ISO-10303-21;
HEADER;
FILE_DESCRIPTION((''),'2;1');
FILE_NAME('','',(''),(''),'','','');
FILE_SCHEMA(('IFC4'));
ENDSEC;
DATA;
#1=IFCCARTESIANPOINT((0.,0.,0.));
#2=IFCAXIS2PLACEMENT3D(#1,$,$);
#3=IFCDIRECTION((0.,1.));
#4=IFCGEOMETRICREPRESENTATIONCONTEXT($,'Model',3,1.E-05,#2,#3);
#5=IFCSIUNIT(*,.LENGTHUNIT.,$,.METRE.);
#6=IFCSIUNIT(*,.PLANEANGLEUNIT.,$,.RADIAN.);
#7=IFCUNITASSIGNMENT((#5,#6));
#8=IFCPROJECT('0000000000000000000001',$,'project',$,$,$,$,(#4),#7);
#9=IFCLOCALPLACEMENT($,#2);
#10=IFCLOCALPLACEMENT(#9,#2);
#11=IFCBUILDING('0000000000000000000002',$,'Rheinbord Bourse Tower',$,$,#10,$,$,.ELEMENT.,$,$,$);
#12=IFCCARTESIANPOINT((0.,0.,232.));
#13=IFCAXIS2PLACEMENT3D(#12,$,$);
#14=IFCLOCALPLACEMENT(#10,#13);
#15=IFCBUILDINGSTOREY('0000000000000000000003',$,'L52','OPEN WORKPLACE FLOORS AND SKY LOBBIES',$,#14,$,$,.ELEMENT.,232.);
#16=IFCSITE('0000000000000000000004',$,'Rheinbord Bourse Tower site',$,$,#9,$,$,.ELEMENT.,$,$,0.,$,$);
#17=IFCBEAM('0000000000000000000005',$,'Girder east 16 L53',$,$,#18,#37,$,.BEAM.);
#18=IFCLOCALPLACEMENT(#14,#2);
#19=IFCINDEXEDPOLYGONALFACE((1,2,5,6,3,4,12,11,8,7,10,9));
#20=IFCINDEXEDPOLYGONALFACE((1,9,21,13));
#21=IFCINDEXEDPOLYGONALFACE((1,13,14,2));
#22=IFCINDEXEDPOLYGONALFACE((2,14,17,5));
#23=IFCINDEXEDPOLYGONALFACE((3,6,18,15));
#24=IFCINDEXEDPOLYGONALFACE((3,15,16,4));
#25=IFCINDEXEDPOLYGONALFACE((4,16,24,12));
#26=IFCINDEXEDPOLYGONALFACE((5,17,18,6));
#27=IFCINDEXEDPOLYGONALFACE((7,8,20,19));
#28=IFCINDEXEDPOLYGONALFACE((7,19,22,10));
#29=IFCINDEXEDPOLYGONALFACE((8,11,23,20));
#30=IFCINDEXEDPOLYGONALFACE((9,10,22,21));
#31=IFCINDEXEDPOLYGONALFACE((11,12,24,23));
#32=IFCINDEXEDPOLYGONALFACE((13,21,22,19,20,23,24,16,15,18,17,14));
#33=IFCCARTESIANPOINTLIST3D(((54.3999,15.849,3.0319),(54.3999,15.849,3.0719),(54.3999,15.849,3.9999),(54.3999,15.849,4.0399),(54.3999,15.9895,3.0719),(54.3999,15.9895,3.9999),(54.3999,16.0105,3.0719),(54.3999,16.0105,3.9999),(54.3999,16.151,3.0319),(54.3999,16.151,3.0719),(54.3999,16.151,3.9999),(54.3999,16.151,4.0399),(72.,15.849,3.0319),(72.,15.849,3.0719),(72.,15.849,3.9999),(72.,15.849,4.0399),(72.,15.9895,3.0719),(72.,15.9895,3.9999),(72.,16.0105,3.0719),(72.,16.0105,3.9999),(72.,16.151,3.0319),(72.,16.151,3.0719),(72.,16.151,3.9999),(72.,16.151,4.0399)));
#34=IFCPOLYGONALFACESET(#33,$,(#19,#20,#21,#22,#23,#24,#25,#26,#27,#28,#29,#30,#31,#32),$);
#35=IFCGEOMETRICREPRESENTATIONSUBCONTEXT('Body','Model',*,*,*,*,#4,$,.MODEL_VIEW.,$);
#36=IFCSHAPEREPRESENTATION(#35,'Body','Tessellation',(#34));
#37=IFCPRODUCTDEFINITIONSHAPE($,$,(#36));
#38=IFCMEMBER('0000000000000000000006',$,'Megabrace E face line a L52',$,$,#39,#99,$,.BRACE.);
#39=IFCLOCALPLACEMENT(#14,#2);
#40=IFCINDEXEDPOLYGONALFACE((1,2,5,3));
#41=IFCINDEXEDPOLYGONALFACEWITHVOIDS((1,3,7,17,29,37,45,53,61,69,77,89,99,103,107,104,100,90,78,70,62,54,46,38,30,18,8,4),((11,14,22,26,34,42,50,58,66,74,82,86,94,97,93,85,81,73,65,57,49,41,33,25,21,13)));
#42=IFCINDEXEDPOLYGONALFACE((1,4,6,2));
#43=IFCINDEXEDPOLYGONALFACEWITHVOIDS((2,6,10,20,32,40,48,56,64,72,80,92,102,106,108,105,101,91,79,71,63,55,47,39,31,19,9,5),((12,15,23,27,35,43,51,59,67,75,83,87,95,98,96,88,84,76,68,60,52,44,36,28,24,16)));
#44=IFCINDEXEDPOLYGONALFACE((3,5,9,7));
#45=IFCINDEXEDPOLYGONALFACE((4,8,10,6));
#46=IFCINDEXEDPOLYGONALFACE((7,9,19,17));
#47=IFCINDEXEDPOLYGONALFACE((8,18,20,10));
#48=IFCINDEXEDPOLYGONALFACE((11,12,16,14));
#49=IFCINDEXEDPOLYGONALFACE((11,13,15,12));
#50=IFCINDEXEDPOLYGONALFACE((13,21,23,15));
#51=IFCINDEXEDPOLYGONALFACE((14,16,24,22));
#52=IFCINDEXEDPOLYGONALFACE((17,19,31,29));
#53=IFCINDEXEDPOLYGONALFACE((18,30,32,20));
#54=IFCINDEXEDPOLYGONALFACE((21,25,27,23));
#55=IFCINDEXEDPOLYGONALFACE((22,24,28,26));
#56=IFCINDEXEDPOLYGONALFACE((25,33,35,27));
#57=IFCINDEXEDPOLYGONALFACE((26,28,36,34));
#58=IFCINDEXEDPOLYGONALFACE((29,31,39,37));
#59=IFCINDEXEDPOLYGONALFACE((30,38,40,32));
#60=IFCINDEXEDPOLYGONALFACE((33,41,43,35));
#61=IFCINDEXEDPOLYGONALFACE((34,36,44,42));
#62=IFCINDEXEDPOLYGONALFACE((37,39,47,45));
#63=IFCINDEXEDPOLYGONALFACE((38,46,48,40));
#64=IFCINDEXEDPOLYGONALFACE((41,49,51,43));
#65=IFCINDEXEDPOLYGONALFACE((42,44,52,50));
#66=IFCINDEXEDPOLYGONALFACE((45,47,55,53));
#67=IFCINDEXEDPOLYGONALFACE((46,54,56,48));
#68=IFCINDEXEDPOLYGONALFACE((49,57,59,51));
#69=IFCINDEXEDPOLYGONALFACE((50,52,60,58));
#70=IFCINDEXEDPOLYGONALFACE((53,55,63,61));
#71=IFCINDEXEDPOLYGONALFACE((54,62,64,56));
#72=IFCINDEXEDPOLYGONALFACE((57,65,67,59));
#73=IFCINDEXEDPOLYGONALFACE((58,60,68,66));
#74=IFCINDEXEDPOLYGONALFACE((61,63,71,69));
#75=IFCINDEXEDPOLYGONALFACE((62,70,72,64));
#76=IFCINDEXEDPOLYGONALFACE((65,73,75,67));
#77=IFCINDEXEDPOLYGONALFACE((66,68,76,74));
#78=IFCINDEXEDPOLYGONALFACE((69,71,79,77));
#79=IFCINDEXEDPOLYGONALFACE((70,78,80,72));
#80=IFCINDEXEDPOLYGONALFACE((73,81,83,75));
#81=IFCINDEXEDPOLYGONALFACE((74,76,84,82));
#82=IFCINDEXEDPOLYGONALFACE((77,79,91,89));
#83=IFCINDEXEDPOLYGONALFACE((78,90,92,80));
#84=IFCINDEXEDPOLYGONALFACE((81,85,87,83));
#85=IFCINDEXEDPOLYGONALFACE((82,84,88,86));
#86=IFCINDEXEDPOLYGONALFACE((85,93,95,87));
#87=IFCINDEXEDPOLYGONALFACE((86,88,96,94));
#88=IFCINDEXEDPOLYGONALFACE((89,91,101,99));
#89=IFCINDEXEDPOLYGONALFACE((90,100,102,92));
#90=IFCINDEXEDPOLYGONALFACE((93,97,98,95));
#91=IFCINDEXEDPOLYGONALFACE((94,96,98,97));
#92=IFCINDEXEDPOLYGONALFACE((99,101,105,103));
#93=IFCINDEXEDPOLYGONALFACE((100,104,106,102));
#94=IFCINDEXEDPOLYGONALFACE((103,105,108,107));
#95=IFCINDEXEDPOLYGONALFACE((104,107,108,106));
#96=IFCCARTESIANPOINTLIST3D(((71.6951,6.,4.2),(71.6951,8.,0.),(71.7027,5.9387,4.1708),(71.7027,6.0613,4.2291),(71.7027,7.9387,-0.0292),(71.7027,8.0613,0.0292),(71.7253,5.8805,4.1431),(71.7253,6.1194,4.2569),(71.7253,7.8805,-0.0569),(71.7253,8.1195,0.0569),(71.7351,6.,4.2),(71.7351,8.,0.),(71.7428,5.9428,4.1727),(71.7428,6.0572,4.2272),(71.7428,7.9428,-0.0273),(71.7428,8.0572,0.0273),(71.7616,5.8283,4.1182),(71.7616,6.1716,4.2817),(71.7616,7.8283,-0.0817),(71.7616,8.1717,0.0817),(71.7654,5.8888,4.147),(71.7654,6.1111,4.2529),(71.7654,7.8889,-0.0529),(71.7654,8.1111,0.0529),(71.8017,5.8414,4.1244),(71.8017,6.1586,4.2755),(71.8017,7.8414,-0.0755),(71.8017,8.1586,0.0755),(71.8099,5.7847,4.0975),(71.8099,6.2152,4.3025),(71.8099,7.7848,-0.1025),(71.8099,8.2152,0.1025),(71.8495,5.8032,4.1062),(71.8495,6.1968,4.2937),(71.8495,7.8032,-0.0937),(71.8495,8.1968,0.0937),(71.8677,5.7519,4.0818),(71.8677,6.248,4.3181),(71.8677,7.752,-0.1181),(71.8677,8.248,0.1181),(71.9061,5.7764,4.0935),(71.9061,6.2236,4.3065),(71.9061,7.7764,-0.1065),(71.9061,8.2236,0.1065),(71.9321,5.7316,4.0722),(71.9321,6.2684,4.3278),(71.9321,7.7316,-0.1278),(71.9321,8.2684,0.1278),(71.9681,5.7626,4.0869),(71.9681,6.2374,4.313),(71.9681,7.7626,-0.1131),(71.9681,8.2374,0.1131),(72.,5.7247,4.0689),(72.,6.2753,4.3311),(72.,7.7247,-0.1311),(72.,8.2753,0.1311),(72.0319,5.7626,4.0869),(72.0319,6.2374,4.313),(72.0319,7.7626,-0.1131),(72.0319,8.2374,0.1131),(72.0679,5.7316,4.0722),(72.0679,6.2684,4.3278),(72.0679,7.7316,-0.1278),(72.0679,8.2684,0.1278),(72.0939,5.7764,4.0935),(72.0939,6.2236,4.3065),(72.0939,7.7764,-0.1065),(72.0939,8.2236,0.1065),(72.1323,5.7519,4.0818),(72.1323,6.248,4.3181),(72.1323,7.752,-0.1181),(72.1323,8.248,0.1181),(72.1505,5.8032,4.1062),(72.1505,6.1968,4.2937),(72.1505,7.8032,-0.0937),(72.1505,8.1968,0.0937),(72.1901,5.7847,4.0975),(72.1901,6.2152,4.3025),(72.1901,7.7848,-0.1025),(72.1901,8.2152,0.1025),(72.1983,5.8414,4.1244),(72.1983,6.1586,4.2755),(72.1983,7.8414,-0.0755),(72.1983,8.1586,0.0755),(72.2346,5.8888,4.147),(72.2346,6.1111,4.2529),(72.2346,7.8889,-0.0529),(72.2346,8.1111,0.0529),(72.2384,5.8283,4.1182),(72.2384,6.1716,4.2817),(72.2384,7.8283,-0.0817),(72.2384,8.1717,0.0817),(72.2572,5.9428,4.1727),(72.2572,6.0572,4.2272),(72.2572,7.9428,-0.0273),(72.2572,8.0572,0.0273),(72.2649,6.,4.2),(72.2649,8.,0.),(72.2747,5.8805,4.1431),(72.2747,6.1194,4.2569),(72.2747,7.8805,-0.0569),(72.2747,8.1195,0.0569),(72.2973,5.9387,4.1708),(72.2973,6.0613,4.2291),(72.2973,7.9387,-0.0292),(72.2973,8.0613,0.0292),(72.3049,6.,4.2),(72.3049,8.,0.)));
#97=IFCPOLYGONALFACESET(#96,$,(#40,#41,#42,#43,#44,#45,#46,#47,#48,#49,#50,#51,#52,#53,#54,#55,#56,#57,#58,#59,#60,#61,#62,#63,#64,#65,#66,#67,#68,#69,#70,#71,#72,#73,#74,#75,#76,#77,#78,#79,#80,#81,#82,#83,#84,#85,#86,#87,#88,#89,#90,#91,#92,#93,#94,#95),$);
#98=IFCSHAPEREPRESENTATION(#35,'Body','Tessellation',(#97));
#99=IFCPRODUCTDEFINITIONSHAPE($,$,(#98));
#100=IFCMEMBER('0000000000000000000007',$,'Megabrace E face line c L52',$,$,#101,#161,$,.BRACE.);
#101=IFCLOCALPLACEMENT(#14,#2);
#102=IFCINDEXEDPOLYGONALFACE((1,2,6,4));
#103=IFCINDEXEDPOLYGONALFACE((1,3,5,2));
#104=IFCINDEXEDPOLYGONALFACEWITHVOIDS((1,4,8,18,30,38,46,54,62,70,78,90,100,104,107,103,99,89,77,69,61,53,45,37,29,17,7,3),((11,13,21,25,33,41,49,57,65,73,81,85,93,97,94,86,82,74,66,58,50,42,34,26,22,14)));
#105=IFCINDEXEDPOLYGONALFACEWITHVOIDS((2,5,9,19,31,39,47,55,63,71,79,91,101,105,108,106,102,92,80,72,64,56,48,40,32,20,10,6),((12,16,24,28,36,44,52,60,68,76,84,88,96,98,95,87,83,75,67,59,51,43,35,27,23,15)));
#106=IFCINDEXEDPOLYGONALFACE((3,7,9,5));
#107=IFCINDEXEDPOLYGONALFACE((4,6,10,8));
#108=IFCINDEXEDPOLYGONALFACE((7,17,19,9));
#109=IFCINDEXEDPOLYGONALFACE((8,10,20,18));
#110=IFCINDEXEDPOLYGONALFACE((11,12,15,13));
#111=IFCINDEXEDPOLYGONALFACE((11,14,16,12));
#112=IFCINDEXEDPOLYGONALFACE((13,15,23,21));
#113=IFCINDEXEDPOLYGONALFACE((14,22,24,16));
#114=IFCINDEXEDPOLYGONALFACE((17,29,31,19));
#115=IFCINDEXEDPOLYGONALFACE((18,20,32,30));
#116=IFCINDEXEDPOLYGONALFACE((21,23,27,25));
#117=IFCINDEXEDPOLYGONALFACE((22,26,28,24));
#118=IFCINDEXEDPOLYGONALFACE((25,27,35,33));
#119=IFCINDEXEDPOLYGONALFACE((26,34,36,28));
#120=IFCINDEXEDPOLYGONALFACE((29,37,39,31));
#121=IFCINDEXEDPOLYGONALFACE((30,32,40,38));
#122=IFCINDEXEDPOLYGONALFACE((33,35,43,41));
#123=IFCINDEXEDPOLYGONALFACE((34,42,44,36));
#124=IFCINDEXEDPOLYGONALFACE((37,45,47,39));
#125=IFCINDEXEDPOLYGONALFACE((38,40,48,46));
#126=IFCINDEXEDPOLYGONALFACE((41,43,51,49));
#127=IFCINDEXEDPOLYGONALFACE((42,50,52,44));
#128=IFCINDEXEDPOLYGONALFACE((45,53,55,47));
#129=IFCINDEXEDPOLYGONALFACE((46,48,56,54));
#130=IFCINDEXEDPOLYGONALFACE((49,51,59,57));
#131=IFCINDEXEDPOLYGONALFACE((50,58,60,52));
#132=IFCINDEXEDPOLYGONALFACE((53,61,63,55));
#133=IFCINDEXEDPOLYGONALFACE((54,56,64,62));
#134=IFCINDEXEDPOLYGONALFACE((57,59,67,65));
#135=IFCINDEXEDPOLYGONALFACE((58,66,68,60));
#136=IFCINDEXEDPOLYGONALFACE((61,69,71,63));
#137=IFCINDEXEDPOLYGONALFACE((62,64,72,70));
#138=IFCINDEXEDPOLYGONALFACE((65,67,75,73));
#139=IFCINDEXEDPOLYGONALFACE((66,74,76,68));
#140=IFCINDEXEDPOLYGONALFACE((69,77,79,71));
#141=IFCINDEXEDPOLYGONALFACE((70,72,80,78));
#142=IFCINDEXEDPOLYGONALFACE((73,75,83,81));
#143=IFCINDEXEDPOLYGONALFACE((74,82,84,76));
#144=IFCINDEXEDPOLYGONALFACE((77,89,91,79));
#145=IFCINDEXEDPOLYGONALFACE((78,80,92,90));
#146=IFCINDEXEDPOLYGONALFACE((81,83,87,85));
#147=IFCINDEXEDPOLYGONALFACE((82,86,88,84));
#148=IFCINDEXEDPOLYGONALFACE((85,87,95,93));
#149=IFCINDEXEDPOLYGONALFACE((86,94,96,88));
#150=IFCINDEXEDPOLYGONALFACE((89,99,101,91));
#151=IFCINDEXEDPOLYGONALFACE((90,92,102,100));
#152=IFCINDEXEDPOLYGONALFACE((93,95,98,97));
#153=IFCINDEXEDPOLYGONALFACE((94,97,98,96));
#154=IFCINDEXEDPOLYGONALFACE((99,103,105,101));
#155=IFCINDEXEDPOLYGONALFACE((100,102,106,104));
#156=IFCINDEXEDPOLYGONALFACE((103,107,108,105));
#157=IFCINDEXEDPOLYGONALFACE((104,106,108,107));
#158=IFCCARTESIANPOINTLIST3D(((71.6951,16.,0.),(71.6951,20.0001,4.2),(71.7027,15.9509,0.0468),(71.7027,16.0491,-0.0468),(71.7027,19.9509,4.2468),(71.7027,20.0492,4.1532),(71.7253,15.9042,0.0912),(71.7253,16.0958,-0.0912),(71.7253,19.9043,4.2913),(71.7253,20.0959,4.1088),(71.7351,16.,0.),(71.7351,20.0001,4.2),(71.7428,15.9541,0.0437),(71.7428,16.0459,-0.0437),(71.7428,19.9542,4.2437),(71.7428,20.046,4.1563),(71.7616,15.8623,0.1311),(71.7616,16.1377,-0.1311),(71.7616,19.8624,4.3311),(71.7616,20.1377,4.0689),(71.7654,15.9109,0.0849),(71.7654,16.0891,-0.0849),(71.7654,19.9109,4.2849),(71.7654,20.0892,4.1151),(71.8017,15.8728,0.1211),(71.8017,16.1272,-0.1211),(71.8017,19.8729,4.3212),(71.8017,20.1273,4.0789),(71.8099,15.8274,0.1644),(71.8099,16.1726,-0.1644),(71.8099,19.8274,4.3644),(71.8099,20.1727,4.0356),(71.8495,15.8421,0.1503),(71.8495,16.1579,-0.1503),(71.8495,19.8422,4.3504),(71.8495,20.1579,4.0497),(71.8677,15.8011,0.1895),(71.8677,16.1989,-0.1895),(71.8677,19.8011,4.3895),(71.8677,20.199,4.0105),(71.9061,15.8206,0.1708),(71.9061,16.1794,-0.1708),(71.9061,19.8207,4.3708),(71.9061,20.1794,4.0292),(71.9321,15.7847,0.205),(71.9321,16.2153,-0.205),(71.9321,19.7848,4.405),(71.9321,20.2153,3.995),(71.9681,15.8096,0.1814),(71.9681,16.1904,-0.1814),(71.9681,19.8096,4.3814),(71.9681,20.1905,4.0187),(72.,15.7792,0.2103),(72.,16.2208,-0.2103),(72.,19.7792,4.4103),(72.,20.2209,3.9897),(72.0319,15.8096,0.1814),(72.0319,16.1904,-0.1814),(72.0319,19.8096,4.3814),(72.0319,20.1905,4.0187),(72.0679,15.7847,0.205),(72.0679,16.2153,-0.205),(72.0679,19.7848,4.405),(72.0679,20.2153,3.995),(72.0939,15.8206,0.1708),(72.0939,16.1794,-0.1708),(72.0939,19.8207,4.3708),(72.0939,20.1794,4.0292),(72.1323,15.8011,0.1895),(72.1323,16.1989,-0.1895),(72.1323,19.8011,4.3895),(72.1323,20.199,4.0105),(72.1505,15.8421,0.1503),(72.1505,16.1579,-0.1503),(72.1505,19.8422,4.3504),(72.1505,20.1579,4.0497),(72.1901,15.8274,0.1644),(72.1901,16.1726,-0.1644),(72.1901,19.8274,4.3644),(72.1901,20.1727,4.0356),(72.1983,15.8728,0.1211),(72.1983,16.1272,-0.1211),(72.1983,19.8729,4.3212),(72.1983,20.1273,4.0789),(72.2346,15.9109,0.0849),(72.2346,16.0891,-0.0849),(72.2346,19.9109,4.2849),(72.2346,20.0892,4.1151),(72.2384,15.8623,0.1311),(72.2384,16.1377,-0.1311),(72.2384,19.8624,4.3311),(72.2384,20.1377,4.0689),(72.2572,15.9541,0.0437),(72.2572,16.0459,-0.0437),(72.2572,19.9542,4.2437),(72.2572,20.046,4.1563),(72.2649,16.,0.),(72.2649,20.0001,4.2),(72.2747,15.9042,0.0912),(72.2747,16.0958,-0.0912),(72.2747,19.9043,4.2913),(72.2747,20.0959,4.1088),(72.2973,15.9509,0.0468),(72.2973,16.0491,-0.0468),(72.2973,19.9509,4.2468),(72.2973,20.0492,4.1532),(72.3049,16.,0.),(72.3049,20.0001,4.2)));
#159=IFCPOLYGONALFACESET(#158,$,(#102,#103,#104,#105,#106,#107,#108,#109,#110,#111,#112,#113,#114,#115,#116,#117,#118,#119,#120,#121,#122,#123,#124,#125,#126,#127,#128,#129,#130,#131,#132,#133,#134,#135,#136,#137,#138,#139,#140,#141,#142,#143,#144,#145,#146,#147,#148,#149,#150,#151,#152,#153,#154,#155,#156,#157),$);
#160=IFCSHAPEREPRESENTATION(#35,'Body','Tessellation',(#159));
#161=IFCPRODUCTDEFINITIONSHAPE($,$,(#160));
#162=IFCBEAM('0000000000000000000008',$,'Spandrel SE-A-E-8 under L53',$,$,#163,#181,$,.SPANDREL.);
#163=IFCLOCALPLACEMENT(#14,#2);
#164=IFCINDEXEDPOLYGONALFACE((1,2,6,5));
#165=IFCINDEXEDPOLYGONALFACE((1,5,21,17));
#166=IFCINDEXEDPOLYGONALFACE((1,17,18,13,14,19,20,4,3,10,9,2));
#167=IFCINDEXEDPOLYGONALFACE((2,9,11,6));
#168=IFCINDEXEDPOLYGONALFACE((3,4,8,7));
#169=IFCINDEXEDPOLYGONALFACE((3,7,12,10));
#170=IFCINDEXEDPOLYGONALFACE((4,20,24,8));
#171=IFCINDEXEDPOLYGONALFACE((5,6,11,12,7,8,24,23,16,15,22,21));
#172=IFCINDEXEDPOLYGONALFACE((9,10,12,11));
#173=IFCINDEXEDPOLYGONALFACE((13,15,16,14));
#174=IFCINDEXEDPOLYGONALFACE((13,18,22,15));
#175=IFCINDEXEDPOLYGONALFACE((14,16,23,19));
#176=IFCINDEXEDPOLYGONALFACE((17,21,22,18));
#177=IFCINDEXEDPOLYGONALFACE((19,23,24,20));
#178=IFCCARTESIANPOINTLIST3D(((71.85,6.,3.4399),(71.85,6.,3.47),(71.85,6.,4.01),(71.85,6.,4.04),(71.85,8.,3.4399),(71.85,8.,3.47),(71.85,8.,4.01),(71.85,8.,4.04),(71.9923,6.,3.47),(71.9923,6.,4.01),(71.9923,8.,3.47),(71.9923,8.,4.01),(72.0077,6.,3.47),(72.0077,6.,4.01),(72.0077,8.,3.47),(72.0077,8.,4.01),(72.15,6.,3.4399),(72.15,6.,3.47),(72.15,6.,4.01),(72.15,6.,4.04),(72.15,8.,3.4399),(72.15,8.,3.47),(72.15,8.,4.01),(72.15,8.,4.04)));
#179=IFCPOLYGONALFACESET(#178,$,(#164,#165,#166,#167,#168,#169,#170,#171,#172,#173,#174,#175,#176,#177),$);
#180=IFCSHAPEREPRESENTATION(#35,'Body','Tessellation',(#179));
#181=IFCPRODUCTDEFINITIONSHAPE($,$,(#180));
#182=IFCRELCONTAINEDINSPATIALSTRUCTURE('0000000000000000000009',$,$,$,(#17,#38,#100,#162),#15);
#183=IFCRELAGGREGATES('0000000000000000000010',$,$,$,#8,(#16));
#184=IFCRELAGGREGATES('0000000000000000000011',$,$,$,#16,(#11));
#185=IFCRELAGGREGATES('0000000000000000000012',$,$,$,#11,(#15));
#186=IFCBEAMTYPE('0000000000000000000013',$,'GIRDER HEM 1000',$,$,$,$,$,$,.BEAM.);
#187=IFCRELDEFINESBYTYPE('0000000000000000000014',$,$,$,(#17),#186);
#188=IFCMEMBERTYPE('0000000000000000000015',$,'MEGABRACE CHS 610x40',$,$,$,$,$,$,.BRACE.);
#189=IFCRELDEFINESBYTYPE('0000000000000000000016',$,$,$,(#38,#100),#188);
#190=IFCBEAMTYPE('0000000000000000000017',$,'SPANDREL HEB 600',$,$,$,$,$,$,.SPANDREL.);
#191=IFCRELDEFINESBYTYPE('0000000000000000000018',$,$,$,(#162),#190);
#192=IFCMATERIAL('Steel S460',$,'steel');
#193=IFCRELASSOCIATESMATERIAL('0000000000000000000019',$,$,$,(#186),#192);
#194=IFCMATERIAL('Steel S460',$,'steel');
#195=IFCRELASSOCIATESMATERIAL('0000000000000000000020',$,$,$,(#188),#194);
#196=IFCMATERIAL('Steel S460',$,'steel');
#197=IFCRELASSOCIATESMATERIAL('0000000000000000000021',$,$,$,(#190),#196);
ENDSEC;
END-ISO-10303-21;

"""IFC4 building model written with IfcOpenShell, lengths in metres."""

from ifc_helpers import new_model, si_unit, direction, frame, origin, origin_2d, place, context, subcontext, project, spatial, hollow_circle, i_section, extrude, material, material_profile, profile_set, type_object, element, save


model = new_model("IFC4")

# Units and contexts
model_context = context("Model", 3, precision=1e-05, world=origin(), true_north=direction((0.0, 1.0)))
body_context = subcontext(model_context, "Body", "Model", "MODEL_VIEW")
ifc_project = project(units=[si_unit("LENGTHUNIT", "METRE"), si_unit("PLANEANGLEUNIT", "RADIAN")], contexts=[model_context])

# Site, building, storey
site_placement = place(None, origin())
site = spatial("IfcSite", under=ifc_project, at=site_placement, Name="Rheinbord Bourse Tower site", CompositionType="ELEMENT", RefElevation=0.0)
building_placement = place(site_placement, origin())
building = spatial("IfcBuilding", under=site, at=building_placement, Name="Rheinbord Bourse Tower", CompositionType="ELEMENT")
storey_placement = place(building_placement, frame((0.0, 0.0, 232.0)))
storey = spatial("IfcBuildingStorey", under=building, at=storey_placement, Name="L52", Description="OPEN WORKPLACE FLOORS AND SKY LOBBIES", CompositionType="ELEMENT", Elevation=232.0)

# Beam
ifc_material_1 = material(Name="Steel S460", Category="steel")
ifc_material_profile_1 = material_profile(ifc_material_1, i_section(OverallWidth=0.302, OverallDepth=1.0081, WebThickness=0.021, FlangeThickness=0.04, at=origin_2d()), Name="HEM 1000")
ifc_profile_set_1 = profile_set([ifc_material_profile_1], Name="Steel S460")
beam_type_1 = type_object("IfcBeamType", Name="GIRDER HEM 1000", PredefinedType="BEAM", material=ifc_profile_set_1)
beam_1_placement = place(storey_placement, frame((54.3999, 16.0, 3.5359), z_axis=(1.0, 0.0, 0.0), x_axis=(0.0, 1.0, 0.0)))
element("IfcBeam", 1, at=beam_1_placement, inside=storey, type_object=beam_type_1, Name="Girder east 16 L53", PredefinedType="BEAM", context=body_context, shape_type="SweptSolid", body=[
    extrude(i_section(OverallWidth=0.302, OverallDepth=1.0081, WebThickness=0.021, FlangeThickness=0.04, at=origin_2d()), origin(), (0.0, 0.0, 1.0), 17.6001),
])

# Members
ifc_material_2 = material(Name="Steel S460", Category="steel")
ifc_material_profile_2 = material_profile(ifc_material_2, hollow_circle(Radius=0.3049, WallThickness=0.04, at=origin_2d()), Name="CHS 610x40")
ifc_profile_set_2 = profile_set([ifc_material_profile_2], Name="Steel S460")
member_type_1 = type_object("IfcMemberType", Name="MEGABRACE CHS 610x40", PredefinedType="BRACE", material=ifc_profile_set_2)
member_1_placement = place(storey_placement, frame((72.0, 8.0, 0.0), z_axis=(0.0, -0.429938, 0.902859), x_axis=(1.0, 0.0, 0.0)))
element("IfcMember", 2, at=member_1_placement, inside=storey, type_object=member_type_1, Name="Megabrace E face line a L52", PredefinedType="BRACE", context=body_context, shape_type="SweptSolid", body=[
    extrude(hollow_circle(Radius=0.3049, WallThickness=0.04, at=origin_2d()), origin(), (0.0, 0.0, 1.0), 4.6519),
])
member_2_placement = place(storey_placement, frame((72.0, 16.0, 0.0), z_axis=(0.0, 0.689659, 0.724134), x_axis=(-1.0, 0.0, 0.0)))
element("IfcMember", 3, at=member_2_placement, inside=storey, type_object=member_type_1, Name="Megabrace E face line c L52", PredefinedType="BRACE", context=body_context, shape_type="SweptSolid", body=[
    extrude(hollow_circle(Radius=0.3049, WallThickness=0.04, at=origin_2d()), origin(), (0.0, 0.0, 1.0), 5.8),
])

# Beam
ifc_material_3 = material(Name="Steel S460", Category="steel")
ifc_material_profile_3 = material_profile(ifc_material_3, i_section(OverallWidth=0.3, OverallDepth=0.6001, WebThickness=0.0154, FlangeThickness=0.03, at=origin_2d()), Name="HEB 600")
ifc_profile_set_3 = profile_set([ifc_material_profile_3], Name="Steel S460")
beam_type_2 = type_object("IfcBeamType", Name="SPANDREL HEB 600", PredefinedType="SPANDREL", material=ifc_profile_set_3)
beam_2_placement = place(storey_placement, frame((72.0, 6.0, 3.74), z_axis=(0.0, 1.0, 0.0), x_axis=(-1.0, 0.0, 0.0)))
element("IfcBeam", 4, at=beam_2_placement, inside=storey, type_object=beam_type_2, Name="Spandrel SE-A-E-8 under L53", PredefinedType="SPANDREL", context=body_context, shape_type="SweptSolid", body=[
    extrude(i_section(OverallWidth=0.3, OverallDepth=0.6001, WebThickness=0.0154, FlangeThickness=0.03, at=origin_2d()), origin(), (0.0, 0.0, 1.0), 2.0),
])

save(model, "model.ifc")
